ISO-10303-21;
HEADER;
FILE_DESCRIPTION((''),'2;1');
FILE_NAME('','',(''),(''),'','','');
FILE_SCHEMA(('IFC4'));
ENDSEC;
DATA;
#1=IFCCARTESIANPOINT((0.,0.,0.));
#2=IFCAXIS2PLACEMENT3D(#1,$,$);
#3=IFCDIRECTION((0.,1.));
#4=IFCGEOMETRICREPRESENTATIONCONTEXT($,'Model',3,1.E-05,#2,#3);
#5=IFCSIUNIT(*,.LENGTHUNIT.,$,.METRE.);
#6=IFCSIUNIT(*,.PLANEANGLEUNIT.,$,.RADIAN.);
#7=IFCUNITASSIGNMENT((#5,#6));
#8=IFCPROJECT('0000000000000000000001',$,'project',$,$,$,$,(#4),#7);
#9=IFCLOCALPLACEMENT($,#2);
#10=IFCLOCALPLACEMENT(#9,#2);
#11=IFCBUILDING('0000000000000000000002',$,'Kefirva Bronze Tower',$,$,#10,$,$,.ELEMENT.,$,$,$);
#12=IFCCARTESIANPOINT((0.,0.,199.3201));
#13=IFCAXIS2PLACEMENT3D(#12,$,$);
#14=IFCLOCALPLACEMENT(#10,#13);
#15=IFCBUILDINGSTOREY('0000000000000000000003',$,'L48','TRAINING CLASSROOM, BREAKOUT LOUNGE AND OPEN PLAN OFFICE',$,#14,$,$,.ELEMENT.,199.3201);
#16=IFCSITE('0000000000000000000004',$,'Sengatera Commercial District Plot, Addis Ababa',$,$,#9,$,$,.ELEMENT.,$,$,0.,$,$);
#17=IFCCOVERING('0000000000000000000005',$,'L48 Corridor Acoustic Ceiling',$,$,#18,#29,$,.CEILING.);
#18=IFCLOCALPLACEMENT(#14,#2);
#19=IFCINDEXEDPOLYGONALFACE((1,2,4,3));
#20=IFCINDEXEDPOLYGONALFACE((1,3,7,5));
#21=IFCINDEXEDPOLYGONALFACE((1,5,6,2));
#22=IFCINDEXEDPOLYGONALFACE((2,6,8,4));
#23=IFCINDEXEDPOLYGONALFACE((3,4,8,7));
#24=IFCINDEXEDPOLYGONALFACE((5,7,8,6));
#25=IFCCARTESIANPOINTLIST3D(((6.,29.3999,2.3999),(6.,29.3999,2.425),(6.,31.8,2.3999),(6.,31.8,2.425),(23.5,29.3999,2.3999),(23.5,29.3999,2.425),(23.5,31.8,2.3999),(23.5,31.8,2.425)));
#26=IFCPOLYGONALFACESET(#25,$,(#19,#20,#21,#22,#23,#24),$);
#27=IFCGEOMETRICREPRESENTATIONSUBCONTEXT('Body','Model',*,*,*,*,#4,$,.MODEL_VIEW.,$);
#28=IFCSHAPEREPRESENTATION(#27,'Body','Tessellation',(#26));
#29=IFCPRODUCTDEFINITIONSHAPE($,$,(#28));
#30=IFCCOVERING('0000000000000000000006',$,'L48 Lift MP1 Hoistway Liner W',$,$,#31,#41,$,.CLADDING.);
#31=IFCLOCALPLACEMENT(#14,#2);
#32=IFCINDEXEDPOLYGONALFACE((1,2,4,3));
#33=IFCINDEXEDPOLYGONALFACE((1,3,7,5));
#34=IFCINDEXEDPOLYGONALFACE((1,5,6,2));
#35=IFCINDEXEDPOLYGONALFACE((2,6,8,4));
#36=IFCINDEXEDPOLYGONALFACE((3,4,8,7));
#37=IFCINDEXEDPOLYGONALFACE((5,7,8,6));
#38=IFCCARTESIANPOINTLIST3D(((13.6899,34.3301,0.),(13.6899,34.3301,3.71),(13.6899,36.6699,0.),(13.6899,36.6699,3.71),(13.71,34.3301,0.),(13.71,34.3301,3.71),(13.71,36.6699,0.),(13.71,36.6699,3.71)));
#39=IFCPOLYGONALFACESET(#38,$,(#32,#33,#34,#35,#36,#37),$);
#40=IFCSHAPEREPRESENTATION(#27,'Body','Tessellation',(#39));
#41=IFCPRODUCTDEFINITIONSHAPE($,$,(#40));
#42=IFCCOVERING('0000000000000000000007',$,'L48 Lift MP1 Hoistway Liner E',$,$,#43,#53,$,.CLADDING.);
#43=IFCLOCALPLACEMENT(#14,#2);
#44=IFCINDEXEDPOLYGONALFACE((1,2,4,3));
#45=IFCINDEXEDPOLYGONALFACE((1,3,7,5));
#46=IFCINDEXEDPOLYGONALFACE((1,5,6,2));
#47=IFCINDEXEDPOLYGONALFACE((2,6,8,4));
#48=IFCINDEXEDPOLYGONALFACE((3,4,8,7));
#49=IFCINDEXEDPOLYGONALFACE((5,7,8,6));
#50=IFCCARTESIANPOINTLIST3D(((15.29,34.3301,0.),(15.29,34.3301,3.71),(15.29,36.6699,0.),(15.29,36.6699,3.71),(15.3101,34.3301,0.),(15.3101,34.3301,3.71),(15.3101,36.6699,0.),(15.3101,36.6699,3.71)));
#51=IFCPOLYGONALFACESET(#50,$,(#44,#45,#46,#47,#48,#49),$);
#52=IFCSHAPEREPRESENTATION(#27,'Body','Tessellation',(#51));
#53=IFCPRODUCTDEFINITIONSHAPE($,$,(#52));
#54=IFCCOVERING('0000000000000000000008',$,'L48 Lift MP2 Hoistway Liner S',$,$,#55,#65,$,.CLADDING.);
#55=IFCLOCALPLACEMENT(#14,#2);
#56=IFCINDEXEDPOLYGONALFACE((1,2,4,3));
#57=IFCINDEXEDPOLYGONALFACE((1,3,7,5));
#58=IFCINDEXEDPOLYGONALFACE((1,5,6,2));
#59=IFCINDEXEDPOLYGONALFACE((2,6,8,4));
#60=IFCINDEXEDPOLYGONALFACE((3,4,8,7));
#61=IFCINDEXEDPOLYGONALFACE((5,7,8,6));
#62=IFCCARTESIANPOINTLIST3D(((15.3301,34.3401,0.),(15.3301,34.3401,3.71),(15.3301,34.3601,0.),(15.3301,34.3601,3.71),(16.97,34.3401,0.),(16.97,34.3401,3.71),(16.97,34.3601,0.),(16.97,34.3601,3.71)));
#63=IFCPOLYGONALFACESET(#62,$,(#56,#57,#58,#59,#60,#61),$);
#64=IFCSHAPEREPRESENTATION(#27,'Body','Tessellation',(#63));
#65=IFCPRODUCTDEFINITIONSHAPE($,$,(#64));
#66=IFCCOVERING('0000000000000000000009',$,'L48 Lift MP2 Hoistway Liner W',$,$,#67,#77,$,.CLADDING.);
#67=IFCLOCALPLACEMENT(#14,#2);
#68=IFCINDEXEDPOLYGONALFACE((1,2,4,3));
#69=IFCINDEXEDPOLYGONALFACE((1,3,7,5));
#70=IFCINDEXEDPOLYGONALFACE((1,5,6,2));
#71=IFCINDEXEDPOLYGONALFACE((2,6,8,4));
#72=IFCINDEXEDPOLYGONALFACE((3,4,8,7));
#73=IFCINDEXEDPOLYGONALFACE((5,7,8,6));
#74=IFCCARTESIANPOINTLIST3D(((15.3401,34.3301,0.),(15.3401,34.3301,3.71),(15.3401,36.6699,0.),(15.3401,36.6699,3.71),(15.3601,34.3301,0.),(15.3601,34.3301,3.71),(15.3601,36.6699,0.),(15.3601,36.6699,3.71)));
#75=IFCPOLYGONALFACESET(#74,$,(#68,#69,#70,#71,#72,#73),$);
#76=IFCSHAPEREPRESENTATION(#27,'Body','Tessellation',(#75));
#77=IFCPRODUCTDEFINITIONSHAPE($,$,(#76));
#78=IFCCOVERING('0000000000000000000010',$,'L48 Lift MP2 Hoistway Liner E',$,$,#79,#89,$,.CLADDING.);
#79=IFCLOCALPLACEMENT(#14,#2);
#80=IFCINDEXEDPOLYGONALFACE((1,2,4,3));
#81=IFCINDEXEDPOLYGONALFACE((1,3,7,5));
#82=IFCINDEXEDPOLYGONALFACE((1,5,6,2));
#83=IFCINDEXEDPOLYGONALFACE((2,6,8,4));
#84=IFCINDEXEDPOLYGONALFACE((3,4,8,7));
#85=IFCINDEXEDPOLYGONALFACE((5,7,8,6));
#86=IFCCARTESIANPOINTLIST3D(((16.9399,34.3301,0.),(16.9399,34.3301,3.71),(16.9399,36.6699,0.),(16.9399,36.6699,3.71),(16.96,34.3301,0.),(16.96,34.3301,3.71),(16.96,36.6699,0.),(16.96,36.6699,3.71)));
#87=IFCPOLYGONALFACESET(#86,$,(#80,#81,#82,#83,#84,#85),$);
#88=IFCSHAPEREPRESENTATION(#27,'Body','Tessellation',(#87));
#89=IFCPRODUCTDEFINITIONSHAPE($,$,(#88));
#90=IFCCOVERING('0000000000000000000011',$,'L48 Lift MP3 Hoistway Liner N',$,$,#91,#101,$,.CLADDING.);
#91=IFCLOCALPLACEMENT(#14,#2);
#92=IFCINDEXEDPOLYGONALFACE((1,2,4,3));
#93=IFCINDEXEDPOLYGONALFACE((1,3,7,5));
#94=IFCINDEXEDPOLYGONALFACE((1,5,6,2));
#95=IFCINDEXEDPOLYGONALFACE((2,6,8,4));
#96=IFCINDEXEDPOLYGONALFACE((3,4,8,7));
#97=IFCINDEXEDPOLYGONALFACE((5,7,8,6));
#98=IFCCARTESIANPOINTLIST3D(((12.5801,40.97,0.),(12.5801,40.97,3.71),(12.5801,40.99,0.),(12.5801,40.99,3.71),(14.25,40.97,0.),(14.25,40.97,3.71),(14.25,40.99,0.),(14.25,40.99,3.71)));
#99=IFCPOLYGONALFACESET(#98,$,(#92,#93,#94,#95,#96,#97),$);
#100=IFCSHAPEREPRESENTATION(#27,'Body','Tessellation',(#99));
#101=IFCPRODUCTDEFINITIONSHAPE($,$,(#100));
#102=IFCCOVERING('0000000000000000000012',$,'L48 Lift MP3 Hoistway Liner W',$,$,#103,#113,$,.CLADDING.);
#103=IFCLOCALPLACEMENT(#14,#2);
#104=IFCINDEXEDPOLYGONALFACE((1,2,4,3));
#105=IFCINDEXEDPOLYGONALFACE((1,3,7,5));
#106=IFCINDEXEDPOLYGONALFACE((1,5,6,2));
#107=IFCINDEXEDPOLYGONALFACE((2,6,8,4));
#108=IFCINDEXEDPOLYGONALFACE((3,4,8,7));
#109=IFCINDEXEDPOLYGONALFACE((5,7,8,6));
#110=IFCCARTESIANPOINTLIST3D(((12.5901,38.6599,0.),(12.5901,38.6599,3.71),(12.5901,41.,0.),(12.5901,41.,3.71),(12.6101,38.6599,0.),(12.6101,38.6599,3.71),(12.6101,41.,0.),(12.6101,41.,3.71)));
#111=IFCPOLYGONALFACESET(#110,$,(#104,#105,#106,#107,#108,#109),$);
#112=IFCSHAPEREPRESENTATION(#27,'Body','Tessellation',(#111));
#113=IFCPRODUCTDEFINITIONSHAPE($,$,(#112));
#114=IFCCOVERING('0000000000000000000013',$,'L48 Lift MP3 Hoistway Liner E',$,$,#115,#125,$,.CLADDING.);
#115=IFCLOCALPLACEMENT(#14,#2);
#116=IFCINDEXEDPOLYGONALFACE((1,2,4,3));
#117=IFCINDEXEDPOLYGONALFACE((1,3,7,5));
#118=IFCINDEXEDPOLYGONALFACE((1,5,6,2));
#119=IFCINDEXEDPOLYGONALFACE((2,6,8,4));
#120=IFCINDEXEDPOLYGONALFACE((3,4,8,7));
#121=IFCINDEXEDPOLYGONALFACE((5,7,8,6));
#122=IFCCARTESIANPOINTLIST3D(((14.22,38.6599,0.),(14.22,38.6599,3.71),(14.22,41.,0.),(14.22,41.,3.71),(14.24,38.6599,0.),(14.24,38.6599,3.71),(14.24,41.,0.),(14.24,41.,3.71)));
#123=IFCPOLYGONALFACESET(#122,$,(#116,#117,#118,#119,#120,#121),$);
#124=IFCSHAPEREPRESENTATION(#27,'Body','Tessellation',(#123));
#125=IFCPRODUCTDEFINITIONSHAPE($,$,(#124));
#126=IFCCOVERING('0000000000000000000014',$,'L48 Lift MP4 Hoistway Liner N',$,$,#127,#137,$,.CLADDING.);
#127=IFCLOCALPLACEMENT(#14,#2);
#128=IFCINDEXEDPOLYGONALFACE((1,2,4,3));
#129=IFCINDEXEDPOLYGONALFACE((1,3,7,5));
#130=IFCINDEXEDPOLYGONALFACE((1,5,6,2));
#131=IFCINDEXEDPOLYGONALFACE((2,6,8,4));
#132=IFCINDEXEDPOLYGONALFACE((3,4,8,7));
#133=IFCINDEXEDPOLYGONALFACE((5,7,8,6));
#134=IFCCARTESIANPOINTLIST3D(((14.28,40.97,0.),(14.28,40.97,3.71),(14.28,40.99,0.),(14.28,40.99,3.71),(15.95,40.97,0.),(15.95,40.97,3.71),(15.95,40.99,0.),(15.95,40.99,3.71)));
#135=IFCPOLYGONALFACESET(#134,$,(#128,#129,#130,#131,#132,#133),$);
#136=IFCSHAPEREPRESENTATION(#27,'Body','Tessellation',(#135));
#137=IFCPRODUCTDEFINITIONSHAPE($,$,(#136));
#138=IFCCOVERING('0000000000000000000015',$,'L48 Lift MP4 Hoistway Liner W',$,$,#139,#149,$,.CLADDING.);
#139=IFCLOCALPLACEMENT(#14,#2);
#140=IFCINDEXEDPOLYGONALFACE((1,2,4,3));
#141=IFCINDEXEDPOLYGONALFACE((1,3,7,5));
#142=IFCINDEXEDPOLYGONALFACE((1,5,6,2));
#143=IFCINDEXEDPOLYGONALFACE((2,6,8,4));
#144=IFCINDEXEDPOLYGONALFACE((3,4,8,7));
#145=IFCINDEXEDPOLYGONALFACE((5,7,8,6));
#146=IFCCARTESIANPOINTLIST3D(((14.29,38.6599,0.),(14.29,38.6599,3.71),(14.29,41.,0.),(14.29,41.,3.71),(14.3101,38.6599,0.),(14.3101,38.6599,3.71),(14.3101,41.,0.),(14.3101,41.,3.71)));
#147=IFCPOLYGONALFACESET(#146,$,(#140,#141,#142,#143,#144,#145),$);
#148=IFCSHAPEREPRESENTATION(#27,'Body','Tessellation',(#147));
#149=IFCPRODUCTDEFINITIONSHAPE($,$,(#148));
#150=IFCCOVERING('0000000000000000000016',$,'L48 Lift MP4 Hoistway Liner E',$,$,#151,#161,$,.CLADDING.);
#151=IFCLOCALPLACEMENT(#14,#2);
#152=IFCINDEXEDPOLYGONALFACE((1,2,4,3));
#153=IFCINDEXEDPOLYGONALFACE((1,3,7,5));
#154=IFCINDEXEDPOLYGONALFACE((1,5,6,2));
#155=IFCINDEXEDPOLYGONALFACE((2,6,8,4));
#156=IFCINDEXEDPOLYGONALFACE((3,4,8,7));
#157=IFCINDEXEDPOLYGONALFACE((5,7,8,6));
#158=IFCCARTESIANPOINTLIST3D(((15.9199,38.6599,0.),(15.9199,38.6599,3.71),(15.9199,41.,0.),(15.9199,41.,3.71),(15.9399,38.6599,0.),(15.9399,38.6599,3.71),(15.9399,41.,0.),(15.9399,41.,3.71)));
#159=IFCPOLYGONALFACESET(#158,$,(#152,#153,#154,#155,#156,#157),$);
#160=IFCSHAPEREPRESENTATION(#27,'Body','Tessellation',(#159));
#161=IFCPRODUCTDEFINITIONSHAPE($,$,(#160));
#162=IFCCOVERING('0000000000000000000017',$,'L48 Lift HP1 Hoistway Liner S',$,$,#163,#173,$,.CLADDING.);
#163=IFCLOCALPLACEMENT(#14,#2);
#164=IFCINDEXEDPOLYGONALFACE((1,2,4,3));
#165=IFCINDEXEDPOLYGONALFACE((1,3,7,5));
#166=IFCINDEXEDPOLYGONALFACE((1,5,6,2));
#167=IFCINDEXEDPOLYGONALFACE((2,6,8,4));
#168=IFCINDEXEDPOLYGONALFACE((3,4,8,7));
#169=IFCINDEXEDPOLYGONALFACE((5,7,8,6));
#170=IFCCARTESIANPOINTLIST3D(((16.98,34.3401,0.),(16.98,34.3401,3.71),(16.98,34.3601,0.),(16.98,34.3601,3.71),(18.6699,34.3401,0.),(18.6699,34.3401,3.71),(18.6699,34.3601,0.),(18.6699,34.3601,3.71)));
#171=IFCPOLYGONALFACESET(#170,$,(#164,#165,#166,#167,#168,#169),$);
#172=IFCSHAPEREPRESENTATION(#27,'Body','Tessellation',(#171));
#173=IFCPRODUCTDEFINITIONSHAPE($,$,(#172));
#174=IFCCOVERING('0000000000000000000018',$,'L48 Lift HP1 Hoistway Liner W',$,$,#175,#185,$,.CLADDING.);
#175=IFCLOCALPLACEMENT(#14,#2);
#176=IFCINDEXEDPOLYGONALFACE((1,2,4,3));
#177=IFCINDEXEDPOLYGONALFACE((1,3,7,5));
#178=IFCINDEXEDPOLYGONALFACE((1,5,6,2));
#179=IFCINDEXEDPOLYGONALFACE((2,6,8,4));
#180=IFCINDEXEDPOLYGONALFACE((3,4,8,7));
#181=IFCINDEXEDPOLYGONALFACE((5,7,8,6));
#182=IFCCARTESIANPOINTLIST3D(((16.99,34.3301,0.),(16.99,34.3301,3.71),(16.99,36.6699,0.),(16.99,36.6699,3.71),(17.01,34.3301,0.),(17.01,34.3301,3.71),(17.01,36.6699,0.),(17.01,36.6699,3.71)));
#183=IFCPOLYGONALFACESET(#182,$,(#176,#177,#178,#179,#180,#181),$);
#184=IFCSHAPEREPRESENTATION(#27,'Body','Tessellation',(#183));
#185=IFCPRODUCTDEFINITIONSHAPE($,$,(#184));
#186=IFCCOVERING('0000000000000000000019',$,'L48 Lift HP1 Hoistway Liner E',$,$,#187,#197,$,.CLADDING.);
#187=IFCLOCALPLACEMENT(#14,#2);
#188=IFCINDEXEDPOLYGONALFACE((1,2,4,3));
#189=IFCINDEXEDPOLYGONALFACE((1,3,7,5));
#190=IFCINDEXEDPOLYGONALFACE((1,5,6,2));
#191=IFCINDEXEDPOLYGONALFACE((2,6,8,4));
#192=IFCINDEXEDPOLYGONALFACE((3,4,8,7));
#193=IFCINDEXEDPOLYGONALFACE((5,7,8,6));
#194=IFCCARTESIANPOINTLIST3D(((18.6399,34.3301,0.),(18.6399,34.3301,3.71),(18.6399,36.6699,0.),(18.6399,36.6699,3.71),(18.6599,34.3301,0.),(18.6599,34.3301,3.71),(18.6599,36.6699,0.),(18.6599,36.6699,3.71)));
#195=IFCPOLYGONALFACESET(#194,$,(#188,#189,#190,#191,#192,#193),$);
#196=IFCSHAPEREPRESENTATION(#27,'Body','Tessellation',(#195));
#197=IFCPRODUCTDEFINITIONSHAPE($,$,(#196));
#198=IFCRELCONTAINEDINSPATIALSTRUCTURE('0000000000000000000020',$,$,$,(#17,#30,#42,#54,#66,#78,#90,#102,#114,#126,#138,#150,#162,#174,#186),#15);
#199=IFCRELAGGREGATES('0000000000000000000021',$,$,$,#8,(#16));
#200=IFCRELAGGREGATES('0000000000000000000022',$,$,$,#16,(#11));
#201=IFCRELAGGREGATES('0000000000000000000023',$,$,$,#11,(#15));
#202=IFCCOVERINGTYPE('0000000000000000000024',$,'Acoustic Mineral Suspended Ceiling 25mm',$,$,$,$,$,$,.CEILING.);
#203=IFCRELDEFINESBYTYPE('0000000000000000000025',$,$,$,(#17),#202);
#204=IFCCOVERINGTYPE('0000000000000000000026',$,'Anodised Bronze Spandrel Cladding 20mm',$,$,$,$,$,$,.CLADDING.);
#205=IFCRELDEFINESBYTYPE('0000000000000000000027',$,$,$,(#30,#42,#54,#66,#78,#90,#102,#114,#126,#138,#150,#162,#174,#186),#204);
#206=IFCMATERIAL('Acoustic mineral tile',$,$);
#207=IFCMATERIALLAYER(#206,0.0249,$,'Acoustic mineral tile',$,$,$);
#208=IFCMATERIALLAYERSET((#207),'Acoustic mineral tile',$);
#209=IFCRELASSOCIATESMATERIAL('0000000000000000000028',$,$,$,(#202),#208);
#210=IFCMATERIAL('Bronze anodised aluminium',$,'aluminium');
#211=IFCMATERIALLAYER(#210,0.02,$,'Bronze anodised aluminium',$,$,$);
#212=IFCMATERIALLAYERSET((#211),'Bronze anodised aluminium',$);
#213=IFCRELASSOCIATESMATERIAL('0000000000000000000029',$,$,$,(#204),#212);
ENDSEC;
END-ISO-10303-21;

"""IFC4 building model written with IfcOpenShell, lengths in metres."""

from ifc_helpers import new_model, si_unit, direction, frame, origin, place, context, subcontext, project, spatial, polyline, outline, extrude, material, layer, layer_set, type_object, element, save


model = new_model("IFC4")

# Units and contexts
model_context = context("Model", 3, precision=1e-05, world=origin(), true_north=direction((0.0, 1.0)))
body_context = subcontext(model_context, "Body", "Model", "MODEL_VIEW")
ifc_project = project(units=[si_unit("LENGTHUNIT", "METRE"), si_unit("PLANEANGLEUNIT", "RADIAN")], contexts=[model_context])

# Site, building, storey
site_placement = place(None, origin())
site = spatial("IfcSite", under=ifc_project, at=site_placement, Name="Sengatera Commercial District Plot, Addis Ababa", CompositionType="ELEMENT", RefElevation=0.0)
building_placement = place(site_placement, origin())
building = spatial("IfcBuilding", under=site, at=building_placement, Name="Kefirva Bronze Tower", CompositionType="ELEMENT")
storey_placement = place(building_placement, frame((0.0, 0.0, 199.3201)))
storey = spatial("IfcBuildingStorey", under=building, at=storey_placement, Name="L48", Description="TRAINING CLASSROOM, BREAKOUT LOUNGE AND OPEN PLAN OFFICE", CompositionType="ELEMENT", Elevation=199.3201)

# Coverings
ifc_material_1 = material(Name="Acoustic mineral tile")
ifc_layer_1 = layer(ifc_material_1, 0.0249, Name="Acoustic mineral tile")
ifc_layer_set_1 = layer_set([ifc_layer_1], Name="Acoustic mineral tile")
covering_type_1 = type_object("IfcCoveringType", Name="Acoustic Mineral Suspended Ceiling 25mm", PredefinedType="CEILING", material=ifc_layer_set_1)
covering_1_placement = place(storey_placement, frame((0.0, 0.0, 2.3999)))
element("IfcCovering", 1, at=covering_1_placement, inside=storey, type_object=covering_type_1, Name="L48 Corridor Acoustic Ceiling", PredefinedType="CEILING", context=body_context, shape_type="SweptSolid", body=[
    extrude(outline(polyline([(6.0, 29.3999), (23.5, 29.3999), (23.5, 31.8), (6.0, 31.8), (6.0, 29.3999)])), origin(), (0.0, 0.0, 1.0), 0.0251),
])
ifc_material_2 = material(Name="Bronze anodised aluminium", Category="aluminium")
ifc_layer_2 = layer(ifc_material_2, 0.02, Name="Bronze anodised aluminium")
ifc_layer_set_2 = layer_set([ifc_layer_2], Name="Bronze anodised aluminium")
covering_type_2 = type_object("IfcCoveringType", Name="Anodised Bronze Spandrel Cladding 20mm", PredefinedType="CLADDING", material=ifc_layer_set_2)
covering_2_placement = place(storey_placement, origin())
element("IfcCovering", 2, at=covering_2_placement, inside=storey, type_object=covering_type_2, Name="L48 Lift MP1 Hoistway Liner W", PredefinedType="CLADDING", context=body_context, shape_type="SweptSolid", body=[
    extrude(outline(polyline([(13.6899, 34.3301), (13.71, 34.3301), (13.71, 36.6699), (13.6899, 36.6699), (13.6899, 34.3301)])), origin(), (0.0, 0.0, 1.0), 3.71),
])
covering_3_placement = place(storey_placement, origin())
element("IfcCovering", 3, at=covering_3_placement, inside=storey, type_object=covering_type_2, Name="L48 Lift MP1 Hoistway Liner E", PredefinedType="CLADDING", context=body_context, shape_type="SweptSolid", body=[
    extrude(outline(polyline([(15.29, 34.3301), (15.3101, 34.3301), (15.3101, 36.6699), (15.29, 36.6699), (15.29, 34.3301)])), origin(), (0.0, 0.0, 1.0), 3.71),
])
covering_4_placement = place(storey_placement, origin())
element("IfcCovering", 4, at=covering_4_placement, inside=storey, type_object=covering_type_2, Name="L48 Lift MP2 Hoistway Liner S", PredefinedType="CLADDING", context=body_context, shape_type="SweptSolid", body=[
    extrude(outline(polyline([(15.3301, 34.3401), (16.97, 34.3401), (16.97, 34.3601), (15.3301, 34.3601), (15.3301, 34.3401)])), origin(), (0.0, 0.0, 1.0), 3.71),
])
covering_5_placement = place(storey_placement, origin())
element("IfcCovering", 5, at=covering_5_placement, inside=storey, type_object=covering_type_2, Name="L48 Lift MP2 Hoistway Liner W", PredefinedType="CLADDING", context=body_context, shape_type="SweptSolid", body=[
    extrude(outline(polyline([(15.3401, 34.3301), (15.3601, 34.3301), (15.3601, 36.6699), (15.3401, 36.6699), (15.3401, 34.3301)])), origin(), (0.0, 0.0, 1.0), 3.71),
])
covering_6_placement = place(storey_placement, origin())
element("IfcCovering", 6, at=covering_6_placement, inside=storey, type_object=covering_type_2, Name="L48 Lift MP2 Hoistway Liner E", PredefinedType="CLADDING", context=body_context, shape_type="SweptSolid", body=[
    extrude(outline(polyline([(16.9399, 34.3301), (16.96, 34.3301), (16.96, 36.6699), (16.9399, 36.6699), (16.9399, 34.3301)])), origin(), (0.0, 0.0, 1.0), 3.71),
])
covering_7_placement = place(storey_placement, origin())
element("IfcCovering", 7, at=covering_7_placement, inside=storey, type_object=covering_type_2, Name="L48 Lift MP3 Hoistway Liner N", PredefinedType="CLADDING", context=body_context, shape_type="SweptSolid", body=[
    extrude(outline(polyline([(12.5801, 40.97), (14.25, 40.97), (14.25, 40.99), (12.5801, 40.99), (12.5801, 40.97)])), origin(), (0.0, 0.0, 1.0), 3.71),
])
covering_8_placement = place(storey_placement, origin())
element("IfcCovering", 8, at=covering_8_placement, inside=storey, type_object=covering_type_2, Name="L48 Lift MP3 Hoistway Liner W", PredefinedType="CLADDING", context=body_context, shape_type="SweptSolid", body=[
    extrude(outline(polyline([(12.5901, 38.6599), (12.6101, 38.6599), (12.6101, 41.0), (12.5901, 41.0), (12.5901, 38.6599)])), origin(), (0.0, 0.0, 1.0), 3.71),
])
covering_9_placement = place(storey_placement, origin())
element("IfcCovering", 9, at=covering_9_placement, inside=storey, type_object=covering_type_2, Name="L48 Lift MP3 Hoistway Liner E", PredefinedType="CLADDING", context=body_context, shape_type="SweptSolid", body=[
    extrude(outline(polyline([(14.22, 38.6599), (14.24, 38.6599), (14.24, 41.0), (14.22, 41.0), (14.22, 38.6599)])), origin(), (0.0, 0.0, 1.0), 3.71),
])
covering_10_placement = place(storey_placement, origin())
element("IfcCovering", 10, at=covering_10_placement, inside=storey, type_object=covering_type_2, Name="L48 Lift MP4 Hoistway Liner N", PredefinedType="CLADDING", context=body_context, shape_type="SweptSolid", body=[
    extrude(outline(polyline([(14.28, 40.97), (15.95, 40.97), (15.95, 40.99), (14.28, 40.99), (14.28, 40.97)])), origin(), (0.0, 0.0, 1.0), 3.71),
])
covering_11_placement = place(storey_placement, origin())
element("IfcCovering", 11, at=covering_11_placement, inside=storey, type_object=covering_type_2, Name="L48 Lift MP4 Hoistway Liner W", PredefinedType="CLADDING", context=body_context, shape_type="SweptSolid", body=[
    extrude(outline(polyline([(14.29, 38.6599), (14.3101, 38.6599), (14.3101, 41.0), (14.29, 41.0), (14.29, 38.6599)])), origin(), (0.0, 0.0, 1.0), 3.71),
])
covering_12_placement = place(storey_placement, origin())
element("IfcCovering", 12, at=covering_12_placement, inside=storey, type_object=covering_type_2, Name="L48 Lift MP4 Hoistway Liner E", PredefinedType="CLADDING", context=body_context, shape_type="SweptSolid", body=[
    extrude(outline(polyline([(15.9199, 38.6599), (15.9399, 38.6599), (15.9399, 41.0), (15.9199, 41.0), (15.9199, 38.6599)])), origin(), (0.0, 0.0, 1.0), 3.71),
])
covering_13_placement = place(storey_placement, origin())
element("IfcCovering", 13, at=covering_13_placement, inside=storey, type_object=covering_type_2, Name="L48 Lift HP1 Hoistway Liner S", PredefinedType="CLADDING", context=body_context, shape_type="SweptSolid", body=[
    extrude(outline(polyline([(16.98, 34.3401), (18.6699, 34.3401), (18.6699, 34.3601), (16.98, 34.3601), (16.98, 34.3401)])), origin(), (0.0, 0.0, 1.0), 3.71),
])
covering_14_placement = place(storey_placement, origin())
element("IfcCovering", 14, at=covering_14_placement, inside=storey, type_object=covering_type_2, Name="L48 Lift HP1 Hoistway Liner W", PredefinedType="CLADDING", context=body_context, shape_type="SweptSolid", body=[
    extrude(outline(polyline([(16.99, 34.3301), (17.01, 34.3301), (17.01, 36.6699), (16.99, 36.6699), (16.99, 34.3301)])), origin(), (0.0, 0.0, 1.0), 3.71),
])
covering_15_placement = place(storey_placement, origin())
element("IfcCovering", 15, at=covering_15_placement, inside=storey, type_object=covering_type_2, Name="L48 Lift HP1 Hoistway Liner E", PredefinedType="CLADDING", context=body_context, shape_type="SweptSolid", body=[
    extrude(outline(polyline([(18.6399, 34.3301), (18.6599, 34.3301), (18.6599, 36.6699), (18.6399, 36.6699), (18.6399, 34.3301)])), origin(), (0.0, 0.0, 1.0), 3.71),
])

save(model, "model.ifc")
